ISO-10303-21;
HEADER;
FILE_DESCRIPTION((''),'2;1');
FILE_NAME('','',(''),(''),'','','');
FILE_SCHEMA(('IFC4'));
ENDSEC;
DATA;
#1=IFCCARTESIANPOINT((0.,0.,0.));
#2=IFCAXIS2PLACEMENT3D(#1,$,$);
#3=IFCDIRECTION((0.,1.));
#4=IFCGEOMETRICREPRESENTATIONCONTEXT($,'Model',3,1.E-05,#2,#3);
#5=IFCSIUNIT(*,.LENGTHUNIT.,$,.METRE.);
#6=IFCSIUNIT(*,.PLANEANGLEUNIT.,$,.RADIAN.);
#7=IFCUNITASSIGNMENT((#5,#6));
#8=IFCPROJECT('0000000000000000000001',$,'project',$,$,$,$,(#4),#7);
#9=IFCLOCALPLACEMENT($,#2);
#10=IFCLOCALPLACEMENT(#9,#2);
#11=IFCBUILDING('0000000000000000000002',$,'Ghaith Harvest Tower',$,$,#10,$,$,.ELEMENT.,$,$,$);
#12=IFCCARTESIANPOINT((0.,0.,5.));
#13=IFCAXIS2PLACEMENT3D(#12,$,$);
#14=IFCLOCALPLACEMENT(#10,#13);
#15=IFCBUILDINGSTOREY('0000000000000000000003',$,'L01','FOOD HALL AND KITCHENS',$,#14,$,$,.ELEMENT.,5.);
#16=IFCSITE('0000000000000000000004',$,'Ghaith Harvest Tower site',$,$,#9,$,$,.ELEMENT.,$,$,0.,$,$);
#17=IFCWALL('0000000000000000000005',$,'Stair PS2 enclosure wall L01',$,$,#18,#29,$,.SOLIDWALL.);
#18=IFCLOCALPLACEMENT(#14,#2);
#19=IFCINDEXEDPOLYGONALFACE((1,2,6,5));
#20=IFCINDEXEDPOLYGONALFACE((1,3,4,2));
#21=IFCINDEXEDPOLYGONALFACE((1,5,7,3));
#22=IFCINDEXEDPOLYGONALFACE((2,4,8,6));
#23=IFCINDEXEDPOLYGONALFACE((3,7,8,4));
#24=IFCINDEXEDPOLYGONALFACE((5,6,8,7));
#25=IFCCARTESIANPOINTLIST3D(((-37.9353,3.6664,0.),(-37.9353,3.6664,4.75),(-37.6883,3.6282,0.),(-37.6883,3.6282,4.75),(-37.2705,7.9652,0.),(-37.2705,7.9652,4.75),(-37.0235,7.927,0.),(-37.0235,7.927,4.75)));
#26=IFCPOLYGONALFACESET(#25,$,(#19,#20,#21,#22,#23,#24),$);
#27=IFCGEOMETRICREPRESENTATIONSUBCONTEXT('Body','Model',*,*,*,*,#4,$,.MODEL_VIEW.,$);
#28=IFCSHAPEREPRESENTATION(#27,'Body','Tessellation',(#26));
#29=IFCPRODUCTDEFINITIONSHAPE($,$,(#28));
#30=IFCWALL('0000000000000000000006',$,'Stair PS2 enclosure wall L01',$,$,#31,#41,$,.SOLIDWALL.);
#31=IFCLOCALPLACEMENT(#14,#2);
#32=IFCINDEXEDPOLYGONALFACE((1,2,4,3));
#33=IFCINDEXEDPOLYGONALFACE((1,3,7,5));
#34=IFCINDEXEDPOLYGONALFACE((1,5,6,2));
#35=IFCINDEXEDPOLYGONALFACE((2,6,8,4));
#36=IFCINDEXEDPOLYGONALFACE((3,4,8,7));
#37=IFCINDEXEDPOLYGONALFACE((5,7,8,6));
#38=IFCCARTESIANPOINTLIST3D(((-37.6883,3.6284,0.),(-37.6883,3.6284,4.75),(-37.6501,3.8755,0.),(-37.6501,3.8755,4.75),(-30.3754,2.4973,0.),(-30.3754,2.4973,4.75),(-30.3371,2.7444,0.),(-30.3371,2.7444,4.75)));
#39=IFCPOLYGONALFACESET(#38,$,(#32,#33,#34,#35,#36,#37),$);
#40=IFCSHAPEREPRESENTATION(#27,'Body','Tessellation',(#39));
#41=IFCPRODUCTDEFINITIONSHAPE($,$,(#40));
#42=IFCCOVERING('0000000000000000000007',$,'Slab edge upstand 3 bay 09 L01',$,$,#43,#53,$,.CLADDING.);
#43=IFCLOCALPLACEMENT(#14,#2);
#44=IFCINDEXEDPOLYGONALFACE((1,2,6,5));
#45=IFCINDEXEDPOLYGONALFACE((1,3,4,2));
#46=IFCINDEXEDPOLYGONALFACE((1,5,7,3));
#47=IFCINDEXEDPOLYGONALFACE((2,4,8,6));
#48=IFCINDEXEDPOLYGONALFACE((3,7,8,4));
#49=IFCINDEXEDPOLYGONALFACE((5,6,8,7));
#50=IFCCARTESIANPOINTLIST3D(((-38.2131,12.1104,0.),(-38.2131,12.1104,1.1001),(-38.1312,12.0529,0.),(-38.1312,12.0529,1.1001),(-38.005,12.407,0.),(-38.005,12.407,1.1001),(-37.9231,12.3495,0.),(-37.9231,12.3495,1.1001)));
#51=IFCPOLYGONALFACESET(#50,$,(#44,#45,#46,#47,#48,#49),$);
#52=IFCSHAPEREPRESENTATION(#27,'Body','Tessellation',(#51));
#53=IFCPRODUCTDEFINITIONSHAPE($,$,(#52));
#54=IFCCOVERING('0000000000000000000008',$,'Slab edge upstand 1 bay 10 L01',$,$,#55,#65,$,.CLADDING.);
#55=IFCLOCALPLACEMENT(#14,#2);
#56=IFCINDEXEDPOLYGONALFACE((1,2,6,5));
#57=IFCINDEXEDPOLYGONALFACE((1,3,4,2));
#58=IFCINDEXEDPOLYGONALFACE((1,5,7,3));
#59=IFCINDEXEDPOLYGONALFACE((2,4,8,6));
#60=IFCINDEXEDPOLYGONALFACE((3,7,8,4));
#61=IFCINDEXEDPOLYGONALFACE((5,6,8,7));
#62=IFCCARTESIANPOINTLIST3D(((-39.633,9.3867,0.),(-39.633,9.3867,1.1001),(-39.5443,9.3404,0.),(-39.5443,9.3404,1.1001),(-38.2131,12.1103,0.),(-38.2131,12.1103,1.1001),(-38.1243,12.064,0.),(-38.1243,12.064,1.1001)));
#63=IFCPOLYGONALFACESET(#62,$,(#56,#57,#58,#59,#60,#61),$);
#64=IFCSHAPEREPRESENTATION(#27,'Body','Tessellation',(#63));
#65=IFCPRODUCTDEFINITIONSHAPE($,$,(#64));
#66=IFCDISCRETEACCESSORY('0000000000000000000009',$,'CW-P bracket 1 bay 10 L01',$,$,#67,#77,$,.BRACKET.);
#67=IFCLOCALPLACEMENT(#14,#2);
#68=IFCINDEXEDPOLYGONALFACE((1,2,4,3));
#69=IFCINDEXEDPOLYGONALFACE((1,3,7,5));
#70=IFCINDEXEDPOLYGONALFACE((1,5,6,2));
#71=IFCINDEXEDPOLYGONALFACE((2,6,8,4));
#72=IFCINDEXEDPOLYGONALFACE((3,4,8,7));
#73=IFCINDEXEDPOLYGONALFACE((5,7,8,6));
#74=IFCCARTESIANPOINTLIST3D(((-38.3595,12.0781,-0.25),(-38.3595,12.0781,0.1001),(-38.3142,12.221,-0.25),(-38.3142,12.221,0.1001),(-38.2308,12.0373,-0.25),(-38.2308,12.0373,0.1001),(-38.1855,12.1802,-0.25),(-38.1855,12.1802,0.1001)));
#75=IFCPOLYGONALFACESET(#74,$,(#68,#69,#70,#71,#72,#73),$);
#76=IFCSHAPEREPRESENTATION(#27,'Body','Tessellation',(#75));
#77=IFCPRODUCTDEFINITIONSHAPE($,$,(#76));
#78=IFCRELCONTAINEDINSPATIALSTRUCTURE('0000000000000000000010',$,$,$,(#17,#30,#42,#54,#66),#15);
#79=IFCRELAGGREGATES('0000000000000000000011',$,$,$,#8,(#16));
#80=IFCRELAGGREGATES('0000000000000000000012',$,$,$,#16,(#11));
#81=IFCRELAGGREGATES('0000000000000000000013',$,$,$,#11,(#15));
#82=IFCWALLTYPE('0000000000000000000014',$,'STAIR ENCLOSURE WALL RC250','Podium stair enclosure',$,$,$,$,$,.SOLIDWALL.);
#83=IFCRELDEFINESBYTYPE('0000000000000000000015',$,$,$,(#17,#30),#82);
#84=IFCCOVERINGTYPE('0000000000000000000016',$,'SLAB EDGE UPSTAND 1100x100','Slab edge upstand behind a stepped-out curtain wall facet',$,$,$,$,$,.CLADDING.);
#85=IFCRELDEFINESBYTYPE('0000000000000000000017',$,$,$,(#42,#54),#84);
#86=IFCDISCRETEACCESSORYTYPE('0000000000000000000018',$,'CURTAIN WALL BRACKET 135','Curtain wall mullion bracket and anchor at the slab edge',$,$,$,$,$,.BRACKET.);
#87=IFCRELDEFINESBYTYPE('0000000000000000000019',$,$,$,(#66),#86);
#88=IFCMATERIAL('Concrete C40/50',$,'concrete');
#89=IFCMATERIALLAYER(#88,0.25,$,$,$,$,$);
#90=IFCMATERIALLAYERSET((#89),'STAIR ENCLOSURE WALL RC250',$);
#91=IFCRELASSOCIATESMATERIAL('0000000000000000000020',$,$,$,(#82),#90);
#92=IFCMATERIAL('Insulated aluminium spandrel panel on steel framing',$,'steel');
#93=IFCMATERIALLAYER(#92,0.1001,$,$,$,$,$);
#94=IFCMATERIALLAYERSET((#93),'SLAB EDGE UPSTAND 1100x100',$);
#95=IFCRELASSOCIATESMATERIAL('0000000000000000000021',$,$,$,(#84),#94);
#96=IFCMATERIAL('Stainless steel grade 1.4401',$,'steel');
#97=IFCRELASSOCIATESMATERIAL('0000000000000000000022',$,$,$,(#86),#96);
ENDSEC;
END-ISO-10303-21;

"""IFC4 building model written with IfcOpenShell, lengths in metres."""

from ifc_helpers import new_model, si_unit, direction, frame, frame_2d, origin, origin_2d, place, context, subcontext, project, spatial, rectangle, extrude, material, layer, layer_set, type_object, element, save


model = new_model("IFC4")

# Units and contexts
model_context = context("Model", 3, precision=1e-05, world=origin(), true_north=direction((0.0, 1.0)))
body_context = subcontext(model_context, "Body", "Model", "MODEL_VIEW")
ifc_project = project(units=[si_unit("LENGTHUNIT", "METRE"), si_unit("PLANEANGLEUNIT", "RADIAN")], contexts=[model_context])

# Site, building, storey
site_placement = place(None, origin())
site = spatial("IfcSite", under=ifc_project, at=site_placement, Name="Ghaith Harvest Tower site", CompositionType="ELEMENT", RefElevation=0.0)
building_placement = place(site_placement, origin())
building = spatial("IfcBuilding", under=site, at=building_placement, Name="Ghaith Harvest Tower", CompositionType="ELEMENT")
storey_placement = place(building_placement, frame((0.0, 0.0, 5.0)))
storey = spatial("IfcBuildingStorey", under=building, at=storey_placement, Name="L01", Description="FOOD HALL AND KITCHENS", CompositionType="ELEMENT", Elevation=5.0)

# Walls
ifc_material_1 = material(Name="Concrete C40/50", Category="concrete")
ifc_layer_1 = layer(ifc_material_1, 0.25)
ifc_layer_set_1 = layer_set([ifc_layer_1], Name="STAIR ENCLOSURE WALL RC250")
wall_type = type_object("IfcWallType", Name="STAIR ENCLOSURE WALL RC250", Description="Podium stair enclosure", PredefinedType="SOLIDWALL", material=ifc_layer_set_1)
wall_1_placement = place(storey_placement, frame((-37.8118, 3.6475, 0.0), z_axis=(0.0, 0.0, 1.0), x_axis=(0.152829, 0.988253, 0.0)))
element("IfcWall", 1, at=wall_1_placement, inside=storey, type_object=wall_type, Name="Stair PS2 enclosure wall L01", PredefinedType="SOLIDWALL", context=body_context, shape_type="SweptSolid", body=[
    extrude(rectangle(XDim=4.3499, YDim=0.25, at=frame_2d((2.1748, 0.0))), origin(), (0.0, 0.0, 1.0), 4.75),
])
wall_2_placement = place(storey_placement, frame((-37.6692, 3.752, 0.0), z_axis=(0.0, 0.0, 1.0), x_axis=(0.988249, -0.152853, 0.0)))
element("IfcWall", 2, at=wall_2_placement, inside=storey, type_object=wall_type, Name="Stair PS2 enclosure wall L01", PredefinedType="SOLIDWALL", context=body_context, shape_type="SweptSolid", body=[
    extrude(rectangle(XDim=7.3999, YDim=0.25, at=frame_2d((3.7, 0.0))), origin(), (0.0, 0.0, 1.0), 4.75),
])

# Coverings
ifc_material_2 = material(Name="Insulated aluminium spandrel panel on steel framing", Category="steel")
ifc_layer_2 = layer(ifc_material_2, 0.1001)
ifc_layer_set_2 = layer_set([ifc_layer_2], Name="SLAB EDGE UPSTAND 1100x100")
covering_type = type_object("IfcCoveringType", Name="SLAB EDGE UPSTAND 1100x100", Description="Slab edge upstand behind a stepped-out curtain wall facet", PredefinedType="CLADDING", material=ifc_layer_set_2)
covering_1_placement = place(storey_placement, frame((-38.0681, 12.23, 0.0), z_axis=(0.0, 0.0, 1.0), x_axis=(-0.574389, -0.818582, 0.0)))
element("IfcCovering", 3, at=covering_1_placement, inside=storey, type_object=covering_type, Name="Slab edge upstand 3 bay 09 L01", PredefinedType="CLADDING", context=body_context, shape_type="SweptSolid", body=[
    extrude(rectangle(XDim=0.3623, YDim=0.1001, at=origin_2d()), origin(), (0.0, 0.0, 1.0), 1.1001),
])
covering_2_placement = place(storey_placement, frame((-38.8787, 10.7253, 0.0), z_axis=(0.0, 0.0, 1.0), x_axis=(-0.4623, -0.886723, 0.0)))
element("IfcCovering", 4, at=covering_2_placement, inside=storey, type_object=covering_type, Name="Slab edge upstand 1 bay 10 L01", PredefinedType="CLADDING", context=body_context, shape_type="SweptSolid", body=[
    extrude(rectangle(XDim=3.0715, YDim=0.1001, at=origin_2d()), origin(), (0.0, 0.0, 1.0), 1.1001),
])

# Discrete accessory
ifc_material_3 = material(Name="Stainless steel grade 1.4401", Category="steel")
discrete_accessory_type = type_object("IfcDiscreteAccessoryType", Name="CURTAIN WALL BRACKET 135", Description="Curtain wall mullion bracket and anchor at the slab edge", PredefinedType="BRACKET", material=ifc_material_3)
discrete_accessory_placement = place(storey_placement, frame((-38.2725, 12.1292, -0.25), z_axis=(0.0, 0.0, 1.0), x_axis=(-0.953273, 0.30211, 0.0)))
element("IfcDiscreteAccessory", 5, at=discrete_accessory_placement, inside=storey, type_object=discrete_accessory_type, Name="CW-P bracket 1 bay 10 L01", PredefinedType="BRACKET", context=body_context, shape_type="SweptSolid", body=[
    extrude(rectangle(XDim=0.135, YDim=0.1499, at=origin_2d()), origin(), (0.0, 0.0, 1.0), 0.3501),
])

save(model, "model.ifc")
